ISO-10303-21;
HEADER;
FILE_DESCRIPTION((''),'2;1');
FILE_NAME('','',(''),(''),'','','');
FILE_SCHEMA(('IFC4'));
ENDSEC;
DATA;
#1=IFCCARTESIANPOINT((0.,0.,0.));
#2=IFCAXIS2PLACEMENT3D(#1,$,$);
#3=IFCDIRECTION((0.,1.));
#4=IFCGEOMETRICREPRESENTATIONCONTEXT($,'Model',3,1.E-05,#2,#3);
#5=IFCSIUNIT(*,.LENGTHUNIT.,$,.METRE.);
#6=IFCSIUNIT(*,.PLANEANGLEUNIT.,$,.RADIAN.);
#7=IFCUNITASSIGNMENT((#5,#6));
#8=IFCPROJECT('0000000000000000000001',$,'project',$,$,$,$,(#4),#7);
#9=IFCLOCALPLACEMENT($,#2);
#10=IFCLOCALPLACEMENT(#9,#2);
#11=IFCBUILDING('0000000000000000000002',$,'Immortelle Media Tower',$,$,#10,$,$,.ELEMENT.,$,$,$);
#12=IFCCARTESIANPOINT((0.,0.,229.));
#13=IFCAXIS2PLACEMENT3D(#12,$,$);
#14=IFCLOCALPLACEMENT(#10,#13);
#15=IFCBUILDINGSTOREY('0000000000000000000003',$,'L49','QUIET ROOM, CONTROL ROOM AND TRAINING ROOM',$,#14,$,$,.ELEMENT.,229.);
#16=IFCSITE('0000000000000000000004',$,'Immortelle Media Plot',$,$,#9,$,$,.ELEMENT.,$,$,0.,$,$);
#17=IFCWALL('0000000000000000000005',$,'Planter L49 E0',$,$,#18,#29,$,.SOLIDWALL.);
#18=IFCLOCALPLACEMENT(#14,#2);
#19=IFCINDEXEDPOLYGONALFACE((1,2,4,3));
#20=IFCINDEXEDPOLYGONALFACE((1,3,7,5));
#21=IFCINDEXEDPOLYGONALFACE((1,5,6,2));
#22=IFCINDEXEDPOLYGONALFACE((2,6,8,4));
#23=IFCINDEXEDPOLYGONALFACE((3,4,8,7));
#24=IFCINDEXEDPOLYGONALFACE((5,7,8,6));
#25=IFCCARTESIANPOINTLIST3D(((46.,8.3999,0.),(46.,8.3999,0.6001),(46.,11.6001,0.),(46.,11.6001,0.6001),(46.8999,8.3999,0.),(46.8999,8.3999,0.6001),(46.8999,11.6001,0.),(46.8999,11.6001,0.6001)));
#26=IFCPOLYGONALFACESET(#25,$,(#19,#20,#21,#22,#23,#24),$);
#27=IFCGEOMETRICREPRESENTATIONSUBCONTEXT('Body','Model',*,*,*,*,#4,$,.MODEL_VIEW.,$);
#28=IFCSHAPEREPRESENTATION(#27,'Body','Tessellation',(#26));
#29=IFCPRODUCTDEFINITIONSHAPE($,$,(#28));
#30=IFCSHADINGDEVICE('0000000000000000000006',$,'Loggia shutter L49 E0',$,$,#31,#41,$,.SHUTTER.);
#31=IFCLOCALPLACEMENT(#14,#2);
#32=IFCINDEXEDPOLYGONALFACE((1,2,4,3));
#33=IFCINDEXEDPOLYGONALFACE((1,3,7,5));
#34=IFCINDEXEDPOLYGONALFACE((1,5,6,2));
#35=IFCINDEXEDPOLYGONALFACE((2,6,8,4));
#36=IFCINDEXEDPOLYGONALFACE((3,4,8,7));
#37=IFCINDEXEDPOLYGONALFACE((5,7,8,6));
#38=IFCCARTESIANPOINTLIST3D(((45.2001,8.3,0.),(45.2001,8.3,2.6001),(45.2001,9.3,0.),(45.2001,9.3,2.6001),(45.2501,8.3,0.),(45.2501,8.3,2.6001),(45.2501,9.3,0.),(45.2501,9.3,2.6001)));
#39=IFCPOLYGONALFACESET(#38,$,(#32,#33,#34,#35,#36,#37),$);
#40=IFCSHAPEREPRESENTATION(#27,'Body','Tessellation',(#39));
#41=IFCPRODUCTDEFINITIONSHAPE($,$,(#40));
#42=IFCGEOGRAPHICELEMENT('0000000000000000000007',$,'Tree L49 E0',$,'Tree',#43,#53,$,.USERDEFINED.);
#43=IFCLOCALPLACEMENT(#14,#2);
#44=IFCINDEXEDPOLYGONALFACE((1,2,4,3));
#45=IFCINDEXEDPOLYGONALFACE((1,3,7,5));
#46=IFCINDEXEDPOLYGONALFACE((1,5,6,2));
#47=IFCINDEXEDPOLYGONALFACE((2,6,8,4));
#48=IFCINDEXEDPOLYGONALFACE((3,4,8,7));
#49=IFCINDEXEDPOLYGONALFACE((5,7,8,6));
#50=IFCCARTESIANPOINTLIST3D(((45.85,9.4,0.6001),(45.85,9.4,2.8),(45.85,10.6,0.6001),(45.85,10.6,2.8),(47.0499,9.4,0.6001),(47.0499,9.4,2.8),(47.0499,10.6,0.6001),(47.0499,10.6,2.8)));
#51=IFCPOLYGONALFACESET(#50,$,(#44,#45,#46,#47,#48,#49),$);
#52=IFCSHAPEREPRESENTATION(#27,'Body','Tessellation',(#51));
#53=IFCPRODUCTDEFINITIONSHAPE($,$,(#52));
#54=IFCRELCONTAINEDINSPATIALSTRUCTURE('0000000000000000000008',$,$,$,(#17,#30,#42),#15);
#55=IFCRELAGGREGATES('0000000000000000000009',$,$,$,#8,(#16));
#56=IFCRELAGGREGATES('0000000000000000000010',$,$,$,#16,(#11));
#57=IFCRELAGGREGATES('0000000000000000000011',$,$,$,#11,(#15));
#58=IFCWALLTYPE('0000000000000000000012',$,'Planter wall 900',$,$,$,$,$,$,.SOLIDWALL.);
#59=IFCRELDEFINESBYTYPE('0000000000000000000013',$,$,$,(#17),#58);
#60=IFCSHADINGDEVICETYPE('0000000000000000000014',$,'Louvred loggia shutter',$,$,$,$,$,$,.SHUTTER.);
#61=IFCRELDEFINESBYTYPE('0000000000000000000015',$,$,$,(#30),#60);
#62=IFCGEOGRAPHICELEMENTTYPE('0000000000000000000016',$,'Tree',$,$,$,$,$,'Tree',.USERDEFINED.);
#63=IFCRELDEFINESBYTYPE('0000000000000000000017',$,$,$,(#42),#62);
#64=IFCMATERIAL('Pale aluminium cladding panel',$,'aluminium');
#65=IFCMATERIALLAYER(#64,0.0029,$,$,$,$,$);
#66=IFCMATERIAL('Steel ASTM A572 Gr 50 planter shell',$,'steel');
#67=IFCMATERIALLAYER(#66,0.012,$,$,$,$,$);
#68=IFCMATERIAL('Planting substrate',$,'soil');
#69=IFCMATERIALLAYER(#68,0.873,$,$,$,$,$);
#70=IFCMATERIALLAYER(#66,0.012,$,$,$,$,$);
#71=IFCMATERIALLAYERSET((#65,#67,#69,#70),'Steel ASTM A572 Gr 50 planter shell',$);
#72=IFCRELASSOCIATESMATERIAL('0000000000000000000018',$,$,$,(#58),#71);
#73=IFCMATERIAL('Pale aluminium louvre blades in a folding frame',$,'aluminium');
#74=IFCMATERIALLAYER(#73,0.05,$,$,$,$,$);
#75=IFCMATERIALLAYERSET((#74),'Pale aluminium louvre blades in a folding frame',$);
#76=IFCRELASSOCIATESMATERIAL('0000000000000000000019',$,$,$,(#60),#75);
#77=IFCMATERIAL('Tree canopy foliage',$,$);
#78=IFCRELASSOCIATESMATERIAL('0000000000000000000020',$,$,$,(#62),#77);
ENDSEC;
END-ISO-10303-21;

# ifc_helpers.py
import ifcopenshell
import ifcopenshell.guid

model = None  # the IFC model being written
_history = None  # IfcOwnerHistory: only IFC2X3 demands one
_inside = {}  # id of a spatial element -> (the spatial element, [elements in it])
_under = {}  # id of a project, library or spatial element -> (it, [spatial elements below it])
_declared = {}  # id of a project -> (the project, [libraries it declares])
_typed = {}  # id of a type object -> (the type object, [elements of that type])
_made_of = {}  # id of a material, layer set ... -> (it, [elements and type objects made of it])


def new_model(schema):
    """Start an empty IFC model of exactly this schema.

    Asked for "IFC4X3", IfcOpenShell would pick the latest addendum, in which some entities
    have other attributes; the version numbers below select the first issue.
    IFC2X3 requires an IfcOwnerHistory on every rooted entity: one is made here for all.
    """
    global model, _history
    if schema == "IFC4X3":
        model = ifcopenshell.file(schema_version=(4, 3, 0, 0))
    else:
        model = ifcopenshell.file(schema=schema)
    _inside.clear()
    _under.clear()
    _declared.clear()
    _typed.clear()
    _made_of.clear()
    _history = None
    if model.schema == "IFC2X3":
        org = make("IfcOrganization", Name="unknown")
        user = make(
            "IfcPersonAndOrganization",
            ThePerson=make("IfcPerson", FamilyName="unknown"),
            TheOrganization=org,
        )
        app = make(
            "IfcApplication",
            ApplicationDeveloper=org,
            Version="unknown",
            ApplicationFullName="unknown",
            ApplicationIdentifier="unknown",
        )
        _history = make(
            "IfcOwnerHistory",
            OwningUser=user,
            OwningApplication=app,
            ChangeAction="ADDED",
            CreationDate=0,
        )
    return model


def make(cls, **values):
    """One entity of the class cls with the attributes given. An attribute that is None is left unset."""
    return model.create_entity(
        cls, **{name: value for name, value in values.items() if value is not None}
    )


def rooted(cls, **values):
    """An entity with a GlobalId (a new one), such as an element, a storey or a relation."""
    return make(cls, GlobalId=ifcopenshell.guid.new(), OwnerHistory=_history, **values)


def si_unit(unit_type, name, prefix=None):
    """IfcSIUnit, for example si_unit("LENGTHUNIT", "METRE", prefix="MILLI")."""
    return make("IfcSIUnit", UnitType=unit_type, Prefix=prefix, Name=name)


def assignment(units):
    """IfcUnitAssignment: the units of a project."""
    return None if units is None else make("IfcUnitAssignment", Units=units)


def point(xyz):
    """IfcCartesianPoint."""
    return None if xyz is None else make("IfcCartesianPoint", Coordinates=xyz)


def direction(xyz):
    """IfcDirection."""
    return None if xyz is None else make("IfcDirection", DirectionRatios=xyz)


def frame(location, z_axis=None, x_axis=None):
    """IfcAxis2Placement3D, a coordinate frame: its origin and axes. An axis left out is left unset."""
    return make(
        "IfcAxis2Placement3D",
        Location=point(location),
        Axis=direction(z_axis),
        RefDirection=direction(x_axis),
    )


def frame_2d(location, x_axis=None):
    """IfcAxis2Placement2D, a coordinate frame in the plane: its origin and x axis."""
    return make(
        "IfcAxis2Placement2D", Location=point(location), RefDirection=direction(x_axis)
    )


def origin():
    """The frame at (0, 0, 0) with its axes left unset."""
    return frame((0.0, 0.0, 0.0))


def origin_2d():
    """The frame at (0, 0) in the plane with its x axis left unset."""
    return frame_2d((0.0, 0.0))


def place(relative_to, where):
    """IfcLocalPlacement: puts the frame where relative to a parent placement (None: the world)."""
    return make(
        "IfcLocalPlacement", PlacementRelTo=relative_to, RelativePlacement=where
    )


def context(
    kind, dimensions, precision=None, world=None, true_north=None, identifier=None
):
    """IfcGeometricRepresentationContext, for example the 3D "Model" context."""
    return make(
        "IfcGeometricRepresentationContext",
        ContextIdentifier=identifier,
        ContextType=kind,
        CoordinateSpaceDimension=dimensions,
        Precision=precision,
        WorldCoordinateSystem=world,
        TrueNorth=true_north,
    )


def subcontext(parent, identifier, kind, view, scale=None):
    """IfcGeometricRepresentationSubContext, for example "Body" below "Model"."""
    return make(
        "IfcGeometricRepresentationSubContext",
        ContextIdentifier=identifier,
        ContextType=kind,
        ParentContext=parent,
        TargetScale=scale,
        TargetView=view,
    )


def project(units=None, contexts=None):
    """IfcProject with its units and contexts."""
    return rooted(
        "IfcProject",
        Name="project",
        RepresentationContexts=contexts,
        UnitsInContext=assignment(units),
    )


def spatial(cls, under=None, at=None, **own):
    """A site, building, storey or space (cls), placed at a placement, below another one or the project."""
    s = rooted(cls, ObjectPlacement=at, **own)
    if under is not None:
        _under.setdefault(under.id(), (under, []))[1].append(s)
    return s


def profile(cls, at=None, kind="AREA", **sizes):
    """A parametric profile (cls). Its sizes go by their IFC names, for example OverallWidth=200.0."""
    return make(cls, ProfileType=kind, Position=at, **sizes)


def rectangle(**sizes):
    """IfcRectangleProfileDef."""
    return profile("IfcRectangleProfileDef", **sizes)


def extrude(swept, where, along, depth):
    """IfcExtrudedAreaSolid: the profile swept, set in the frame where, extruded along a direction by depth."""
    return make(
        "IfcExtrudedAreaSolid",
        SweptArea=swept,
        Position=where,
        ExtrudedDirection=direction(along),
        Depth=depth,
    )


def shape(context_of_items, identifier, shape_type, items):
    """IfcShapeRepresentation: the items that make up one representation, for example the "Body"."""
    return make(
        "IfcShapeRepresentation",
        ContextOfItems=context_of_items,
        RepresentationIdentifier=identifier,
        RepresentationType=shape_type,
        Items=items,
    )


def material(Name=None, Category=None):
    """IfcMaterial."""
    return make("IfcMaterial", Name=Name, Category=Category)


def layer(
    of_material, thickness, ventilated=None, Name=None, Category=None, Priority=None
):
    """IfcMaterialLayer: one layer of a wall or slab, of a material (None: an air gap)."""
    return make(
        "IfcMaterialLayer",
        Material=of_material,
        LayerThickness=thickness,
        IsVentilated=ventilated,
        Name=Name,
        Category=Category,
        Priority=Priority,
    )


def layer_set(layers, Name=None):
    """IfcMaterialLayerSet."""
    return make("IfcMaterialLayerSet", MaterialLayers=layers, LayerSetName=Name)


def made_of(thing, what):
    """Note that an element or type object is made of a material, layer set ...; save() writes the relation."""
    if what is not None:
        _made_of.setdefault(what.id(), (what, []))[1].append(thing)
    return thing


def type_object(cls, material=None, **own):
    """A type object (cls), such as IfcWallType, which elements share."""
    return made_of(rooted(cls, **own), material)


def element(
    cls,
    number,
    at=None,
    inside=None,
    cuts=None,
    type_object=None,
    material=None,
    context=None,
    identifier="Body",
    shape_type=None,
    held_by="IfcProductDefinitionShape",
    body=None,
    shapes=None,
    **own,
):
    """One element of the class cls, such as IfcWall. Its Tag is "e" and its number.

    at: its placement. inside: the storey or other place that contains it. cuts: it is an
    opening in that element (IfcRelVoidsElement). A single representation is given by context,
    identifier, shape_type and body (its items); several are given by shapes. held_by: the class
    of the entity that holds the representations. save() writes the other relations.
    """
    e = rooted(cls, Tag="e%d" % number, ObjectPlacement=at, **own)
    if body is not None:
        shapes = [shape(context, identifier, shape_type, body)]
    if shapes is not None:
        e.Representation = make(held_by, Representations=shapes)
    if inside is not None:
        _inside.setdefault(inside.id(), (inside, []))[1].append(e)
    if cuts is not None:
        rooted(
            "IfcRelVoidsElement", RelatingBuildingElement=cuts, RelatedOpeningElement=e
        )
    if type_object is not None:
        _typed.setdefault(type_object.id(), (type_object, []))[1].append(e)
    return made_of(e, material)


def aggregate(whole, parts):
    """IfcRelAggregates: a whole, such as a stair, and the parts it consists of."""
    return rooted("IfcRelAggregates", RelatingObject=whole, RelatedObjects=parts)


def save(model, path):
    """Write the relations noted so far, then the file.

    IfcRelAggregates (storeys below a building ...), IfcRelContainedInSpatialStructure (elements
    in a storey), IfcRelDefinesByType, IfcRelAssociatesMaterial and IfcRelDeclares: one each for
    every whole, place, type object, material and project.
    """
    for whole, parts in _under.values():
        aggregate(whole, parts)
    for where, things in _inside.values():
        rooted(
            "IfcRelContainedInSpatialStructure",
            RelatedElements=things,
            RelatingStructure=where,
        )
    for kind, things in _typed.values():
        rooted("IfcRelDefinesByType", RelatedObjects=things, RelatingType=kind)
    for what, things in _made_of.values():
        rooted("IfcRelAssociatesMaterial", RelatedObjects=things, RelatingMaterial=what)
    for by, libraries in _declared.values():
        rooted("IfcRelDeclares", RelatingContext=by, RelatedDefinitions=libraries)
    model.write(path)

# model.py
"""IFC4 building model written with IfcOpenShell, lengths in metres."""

from ifc_helpers import new_model, si_unit, direction, frame, frame_2d, origin, origin_2d, place, context, subcontext, project, spatial, rectangle, extrude, material, layer, layer_set, type_object, element, save


model = new_model("IFC4")

# Units and contexts
model_context = context("Model", 3, precision=1e-05, world=origin(), true_north=direction((0.0, 1.0)))
body_context = subcontext(model_context, "Body", "Model", "MODEL_VIEW")
ifc_project = project(units=[si_unit("LENGTHUNIT", "METRE"), si_unit("PLANEANGLEUNIT", "RADIAN")], contexts=[model_context])

# Site, building, storey
site_placement = place(None, origin())
site = spatial("IfcSite", under=ifc_project, at=site_placement, Name="Immortelle Media Plot", CompositionType="ELEMENT", RefElevation=0.0)
building_placement = place(site_placement, origin())
building = spatial("IfcBuilding", under=site, at=building_placement, Name="Immortelle Media Tower", CompositionType="ELEMENT")
storey_placement = place(building_placement, frame((0.0, 0.0, 229.0)))
storey = spatial("IfcBuildingStorey", under=building, at=storey_placement, Name="L49", Description="QUIET ROOM, CONTROL ROOM AND TRAINING ROOM", CompositionType="ELEMENT", Elevation=229.0)

# Shared definitions
ifc_material_1 = material(Name="Pale aluminium cladding panel", Category="aluminium")

# Wall
ifc_layer_1 = layer(ifc_material_1, 0.0029)
ifc_material_2 = material(Name="Steel ASTM A572 Gr 50 planter shell", Category="steel")
ifc_layer_2 = layer(ifc_material_2, 0.012)
ifc_material_3 = material(Name="Planting substrate", Category="soil")
ifc_layer_3 = layer(ifc_material_3, 0.873)
ifc_layer_4 = layer(ifc_material_2, 0.012)
ifc_layer_set_1 = layer_set([ifc_layer_1, ifc_layer_2, ifc_layer_3, ifc_layer_4], Name="Steel ASTM A572 Gr 50 planter shell")
wall_type_1 = type_object("IfcWallType", Name="Planter wall 900", PredefinedType="SOLIDWALL", material=ifc_layer_set_1)
wall_1_placement = place(storey_placement, frame((46.45, 8.3999, 0.0), z_axis=(0.0, 0.0, 1.0), x_axis=(0.0, 1.0, 0.0)))
element("IfcWall", 1, at=wall_1_placement, inside=storey, type_object=wall_type_1, Name="Planter L49 E0", PredefinedType="SOLIDWALL", context=body_context, shape_type="SweptSolid", body=[
    extrude(rectangle(XDim=3.2002, YDim=0.8999, at=frame_2d((1.6001, 0.0))), origin(), (0.0, 0.0, 1.0), 0.6001),
])

# Shading device
ifc_material_4 = material(Name="Pale aluminium louvre blades in a folding frame", Category="aluminium")
ifc_layer_5 = layer(ifc_material_4, 0.05)
ifc_layer_set_2 = layer_set([ifc_layer_5], Name="Pale aluminium louvre blades in a folding frame")
shading_device_type = type_object("IfcShadingDeviceType", Name="Louvred loggia shutter", PredefinedType="SHUTTER", material=ifc_layer_set_2)
shading_device_placement = place(storey_placement, frame((45.2251, 8.8, 0.0), z_axis=(0.0, 0.0, 1.0), x_axis=(0.0, 1.0, 0.0)))
element("IfcShadingDevice", 2, at=shading_device_placement, inside=storey, type_object=shading_device_type, Name="Loggia shutter L49 E0", PredefinedType="SHUTTER", context=body_context, shape_type="SweptSolid", body=[
    extrude(rectangle(XDim=1.0, YDim=0.05, at=origin_2d()), origin(), (0.0, 0.0, 1.0), 2.6001),
])

# Geographic element
ifc_material_5 = material(Name="Tree canopy foliage")
geographic_element_type = type_object("IfcGeographicElementType", Name="Tree", ElementType="Tree", PredefinedType="USERDEFINED", material=ifc_material_5)
geographic_element_placement = place(storey_placement, frame((46.45, 10.0, 0.6001), z_axis=(0.0, 0.0, 1.0), x_axis=(1.0, 0.0, 0.0)))
element("IfcGeographicElement", 3, at=geographic_element_placement, inside=storey, type_object=geographic_element_type, Name="Tree L49 E0", ObjectType="Tree", PredefinedType="USERDEFINED", context=body_context, shape_type="SweptSolid", body=[
    extrude(rectangle(XDim=1.2, YDim=1.2, at=origin_2d()), origin(), (0.0, 0.0, 1.0), 2.2),
])

save(model, "model.ifc")
